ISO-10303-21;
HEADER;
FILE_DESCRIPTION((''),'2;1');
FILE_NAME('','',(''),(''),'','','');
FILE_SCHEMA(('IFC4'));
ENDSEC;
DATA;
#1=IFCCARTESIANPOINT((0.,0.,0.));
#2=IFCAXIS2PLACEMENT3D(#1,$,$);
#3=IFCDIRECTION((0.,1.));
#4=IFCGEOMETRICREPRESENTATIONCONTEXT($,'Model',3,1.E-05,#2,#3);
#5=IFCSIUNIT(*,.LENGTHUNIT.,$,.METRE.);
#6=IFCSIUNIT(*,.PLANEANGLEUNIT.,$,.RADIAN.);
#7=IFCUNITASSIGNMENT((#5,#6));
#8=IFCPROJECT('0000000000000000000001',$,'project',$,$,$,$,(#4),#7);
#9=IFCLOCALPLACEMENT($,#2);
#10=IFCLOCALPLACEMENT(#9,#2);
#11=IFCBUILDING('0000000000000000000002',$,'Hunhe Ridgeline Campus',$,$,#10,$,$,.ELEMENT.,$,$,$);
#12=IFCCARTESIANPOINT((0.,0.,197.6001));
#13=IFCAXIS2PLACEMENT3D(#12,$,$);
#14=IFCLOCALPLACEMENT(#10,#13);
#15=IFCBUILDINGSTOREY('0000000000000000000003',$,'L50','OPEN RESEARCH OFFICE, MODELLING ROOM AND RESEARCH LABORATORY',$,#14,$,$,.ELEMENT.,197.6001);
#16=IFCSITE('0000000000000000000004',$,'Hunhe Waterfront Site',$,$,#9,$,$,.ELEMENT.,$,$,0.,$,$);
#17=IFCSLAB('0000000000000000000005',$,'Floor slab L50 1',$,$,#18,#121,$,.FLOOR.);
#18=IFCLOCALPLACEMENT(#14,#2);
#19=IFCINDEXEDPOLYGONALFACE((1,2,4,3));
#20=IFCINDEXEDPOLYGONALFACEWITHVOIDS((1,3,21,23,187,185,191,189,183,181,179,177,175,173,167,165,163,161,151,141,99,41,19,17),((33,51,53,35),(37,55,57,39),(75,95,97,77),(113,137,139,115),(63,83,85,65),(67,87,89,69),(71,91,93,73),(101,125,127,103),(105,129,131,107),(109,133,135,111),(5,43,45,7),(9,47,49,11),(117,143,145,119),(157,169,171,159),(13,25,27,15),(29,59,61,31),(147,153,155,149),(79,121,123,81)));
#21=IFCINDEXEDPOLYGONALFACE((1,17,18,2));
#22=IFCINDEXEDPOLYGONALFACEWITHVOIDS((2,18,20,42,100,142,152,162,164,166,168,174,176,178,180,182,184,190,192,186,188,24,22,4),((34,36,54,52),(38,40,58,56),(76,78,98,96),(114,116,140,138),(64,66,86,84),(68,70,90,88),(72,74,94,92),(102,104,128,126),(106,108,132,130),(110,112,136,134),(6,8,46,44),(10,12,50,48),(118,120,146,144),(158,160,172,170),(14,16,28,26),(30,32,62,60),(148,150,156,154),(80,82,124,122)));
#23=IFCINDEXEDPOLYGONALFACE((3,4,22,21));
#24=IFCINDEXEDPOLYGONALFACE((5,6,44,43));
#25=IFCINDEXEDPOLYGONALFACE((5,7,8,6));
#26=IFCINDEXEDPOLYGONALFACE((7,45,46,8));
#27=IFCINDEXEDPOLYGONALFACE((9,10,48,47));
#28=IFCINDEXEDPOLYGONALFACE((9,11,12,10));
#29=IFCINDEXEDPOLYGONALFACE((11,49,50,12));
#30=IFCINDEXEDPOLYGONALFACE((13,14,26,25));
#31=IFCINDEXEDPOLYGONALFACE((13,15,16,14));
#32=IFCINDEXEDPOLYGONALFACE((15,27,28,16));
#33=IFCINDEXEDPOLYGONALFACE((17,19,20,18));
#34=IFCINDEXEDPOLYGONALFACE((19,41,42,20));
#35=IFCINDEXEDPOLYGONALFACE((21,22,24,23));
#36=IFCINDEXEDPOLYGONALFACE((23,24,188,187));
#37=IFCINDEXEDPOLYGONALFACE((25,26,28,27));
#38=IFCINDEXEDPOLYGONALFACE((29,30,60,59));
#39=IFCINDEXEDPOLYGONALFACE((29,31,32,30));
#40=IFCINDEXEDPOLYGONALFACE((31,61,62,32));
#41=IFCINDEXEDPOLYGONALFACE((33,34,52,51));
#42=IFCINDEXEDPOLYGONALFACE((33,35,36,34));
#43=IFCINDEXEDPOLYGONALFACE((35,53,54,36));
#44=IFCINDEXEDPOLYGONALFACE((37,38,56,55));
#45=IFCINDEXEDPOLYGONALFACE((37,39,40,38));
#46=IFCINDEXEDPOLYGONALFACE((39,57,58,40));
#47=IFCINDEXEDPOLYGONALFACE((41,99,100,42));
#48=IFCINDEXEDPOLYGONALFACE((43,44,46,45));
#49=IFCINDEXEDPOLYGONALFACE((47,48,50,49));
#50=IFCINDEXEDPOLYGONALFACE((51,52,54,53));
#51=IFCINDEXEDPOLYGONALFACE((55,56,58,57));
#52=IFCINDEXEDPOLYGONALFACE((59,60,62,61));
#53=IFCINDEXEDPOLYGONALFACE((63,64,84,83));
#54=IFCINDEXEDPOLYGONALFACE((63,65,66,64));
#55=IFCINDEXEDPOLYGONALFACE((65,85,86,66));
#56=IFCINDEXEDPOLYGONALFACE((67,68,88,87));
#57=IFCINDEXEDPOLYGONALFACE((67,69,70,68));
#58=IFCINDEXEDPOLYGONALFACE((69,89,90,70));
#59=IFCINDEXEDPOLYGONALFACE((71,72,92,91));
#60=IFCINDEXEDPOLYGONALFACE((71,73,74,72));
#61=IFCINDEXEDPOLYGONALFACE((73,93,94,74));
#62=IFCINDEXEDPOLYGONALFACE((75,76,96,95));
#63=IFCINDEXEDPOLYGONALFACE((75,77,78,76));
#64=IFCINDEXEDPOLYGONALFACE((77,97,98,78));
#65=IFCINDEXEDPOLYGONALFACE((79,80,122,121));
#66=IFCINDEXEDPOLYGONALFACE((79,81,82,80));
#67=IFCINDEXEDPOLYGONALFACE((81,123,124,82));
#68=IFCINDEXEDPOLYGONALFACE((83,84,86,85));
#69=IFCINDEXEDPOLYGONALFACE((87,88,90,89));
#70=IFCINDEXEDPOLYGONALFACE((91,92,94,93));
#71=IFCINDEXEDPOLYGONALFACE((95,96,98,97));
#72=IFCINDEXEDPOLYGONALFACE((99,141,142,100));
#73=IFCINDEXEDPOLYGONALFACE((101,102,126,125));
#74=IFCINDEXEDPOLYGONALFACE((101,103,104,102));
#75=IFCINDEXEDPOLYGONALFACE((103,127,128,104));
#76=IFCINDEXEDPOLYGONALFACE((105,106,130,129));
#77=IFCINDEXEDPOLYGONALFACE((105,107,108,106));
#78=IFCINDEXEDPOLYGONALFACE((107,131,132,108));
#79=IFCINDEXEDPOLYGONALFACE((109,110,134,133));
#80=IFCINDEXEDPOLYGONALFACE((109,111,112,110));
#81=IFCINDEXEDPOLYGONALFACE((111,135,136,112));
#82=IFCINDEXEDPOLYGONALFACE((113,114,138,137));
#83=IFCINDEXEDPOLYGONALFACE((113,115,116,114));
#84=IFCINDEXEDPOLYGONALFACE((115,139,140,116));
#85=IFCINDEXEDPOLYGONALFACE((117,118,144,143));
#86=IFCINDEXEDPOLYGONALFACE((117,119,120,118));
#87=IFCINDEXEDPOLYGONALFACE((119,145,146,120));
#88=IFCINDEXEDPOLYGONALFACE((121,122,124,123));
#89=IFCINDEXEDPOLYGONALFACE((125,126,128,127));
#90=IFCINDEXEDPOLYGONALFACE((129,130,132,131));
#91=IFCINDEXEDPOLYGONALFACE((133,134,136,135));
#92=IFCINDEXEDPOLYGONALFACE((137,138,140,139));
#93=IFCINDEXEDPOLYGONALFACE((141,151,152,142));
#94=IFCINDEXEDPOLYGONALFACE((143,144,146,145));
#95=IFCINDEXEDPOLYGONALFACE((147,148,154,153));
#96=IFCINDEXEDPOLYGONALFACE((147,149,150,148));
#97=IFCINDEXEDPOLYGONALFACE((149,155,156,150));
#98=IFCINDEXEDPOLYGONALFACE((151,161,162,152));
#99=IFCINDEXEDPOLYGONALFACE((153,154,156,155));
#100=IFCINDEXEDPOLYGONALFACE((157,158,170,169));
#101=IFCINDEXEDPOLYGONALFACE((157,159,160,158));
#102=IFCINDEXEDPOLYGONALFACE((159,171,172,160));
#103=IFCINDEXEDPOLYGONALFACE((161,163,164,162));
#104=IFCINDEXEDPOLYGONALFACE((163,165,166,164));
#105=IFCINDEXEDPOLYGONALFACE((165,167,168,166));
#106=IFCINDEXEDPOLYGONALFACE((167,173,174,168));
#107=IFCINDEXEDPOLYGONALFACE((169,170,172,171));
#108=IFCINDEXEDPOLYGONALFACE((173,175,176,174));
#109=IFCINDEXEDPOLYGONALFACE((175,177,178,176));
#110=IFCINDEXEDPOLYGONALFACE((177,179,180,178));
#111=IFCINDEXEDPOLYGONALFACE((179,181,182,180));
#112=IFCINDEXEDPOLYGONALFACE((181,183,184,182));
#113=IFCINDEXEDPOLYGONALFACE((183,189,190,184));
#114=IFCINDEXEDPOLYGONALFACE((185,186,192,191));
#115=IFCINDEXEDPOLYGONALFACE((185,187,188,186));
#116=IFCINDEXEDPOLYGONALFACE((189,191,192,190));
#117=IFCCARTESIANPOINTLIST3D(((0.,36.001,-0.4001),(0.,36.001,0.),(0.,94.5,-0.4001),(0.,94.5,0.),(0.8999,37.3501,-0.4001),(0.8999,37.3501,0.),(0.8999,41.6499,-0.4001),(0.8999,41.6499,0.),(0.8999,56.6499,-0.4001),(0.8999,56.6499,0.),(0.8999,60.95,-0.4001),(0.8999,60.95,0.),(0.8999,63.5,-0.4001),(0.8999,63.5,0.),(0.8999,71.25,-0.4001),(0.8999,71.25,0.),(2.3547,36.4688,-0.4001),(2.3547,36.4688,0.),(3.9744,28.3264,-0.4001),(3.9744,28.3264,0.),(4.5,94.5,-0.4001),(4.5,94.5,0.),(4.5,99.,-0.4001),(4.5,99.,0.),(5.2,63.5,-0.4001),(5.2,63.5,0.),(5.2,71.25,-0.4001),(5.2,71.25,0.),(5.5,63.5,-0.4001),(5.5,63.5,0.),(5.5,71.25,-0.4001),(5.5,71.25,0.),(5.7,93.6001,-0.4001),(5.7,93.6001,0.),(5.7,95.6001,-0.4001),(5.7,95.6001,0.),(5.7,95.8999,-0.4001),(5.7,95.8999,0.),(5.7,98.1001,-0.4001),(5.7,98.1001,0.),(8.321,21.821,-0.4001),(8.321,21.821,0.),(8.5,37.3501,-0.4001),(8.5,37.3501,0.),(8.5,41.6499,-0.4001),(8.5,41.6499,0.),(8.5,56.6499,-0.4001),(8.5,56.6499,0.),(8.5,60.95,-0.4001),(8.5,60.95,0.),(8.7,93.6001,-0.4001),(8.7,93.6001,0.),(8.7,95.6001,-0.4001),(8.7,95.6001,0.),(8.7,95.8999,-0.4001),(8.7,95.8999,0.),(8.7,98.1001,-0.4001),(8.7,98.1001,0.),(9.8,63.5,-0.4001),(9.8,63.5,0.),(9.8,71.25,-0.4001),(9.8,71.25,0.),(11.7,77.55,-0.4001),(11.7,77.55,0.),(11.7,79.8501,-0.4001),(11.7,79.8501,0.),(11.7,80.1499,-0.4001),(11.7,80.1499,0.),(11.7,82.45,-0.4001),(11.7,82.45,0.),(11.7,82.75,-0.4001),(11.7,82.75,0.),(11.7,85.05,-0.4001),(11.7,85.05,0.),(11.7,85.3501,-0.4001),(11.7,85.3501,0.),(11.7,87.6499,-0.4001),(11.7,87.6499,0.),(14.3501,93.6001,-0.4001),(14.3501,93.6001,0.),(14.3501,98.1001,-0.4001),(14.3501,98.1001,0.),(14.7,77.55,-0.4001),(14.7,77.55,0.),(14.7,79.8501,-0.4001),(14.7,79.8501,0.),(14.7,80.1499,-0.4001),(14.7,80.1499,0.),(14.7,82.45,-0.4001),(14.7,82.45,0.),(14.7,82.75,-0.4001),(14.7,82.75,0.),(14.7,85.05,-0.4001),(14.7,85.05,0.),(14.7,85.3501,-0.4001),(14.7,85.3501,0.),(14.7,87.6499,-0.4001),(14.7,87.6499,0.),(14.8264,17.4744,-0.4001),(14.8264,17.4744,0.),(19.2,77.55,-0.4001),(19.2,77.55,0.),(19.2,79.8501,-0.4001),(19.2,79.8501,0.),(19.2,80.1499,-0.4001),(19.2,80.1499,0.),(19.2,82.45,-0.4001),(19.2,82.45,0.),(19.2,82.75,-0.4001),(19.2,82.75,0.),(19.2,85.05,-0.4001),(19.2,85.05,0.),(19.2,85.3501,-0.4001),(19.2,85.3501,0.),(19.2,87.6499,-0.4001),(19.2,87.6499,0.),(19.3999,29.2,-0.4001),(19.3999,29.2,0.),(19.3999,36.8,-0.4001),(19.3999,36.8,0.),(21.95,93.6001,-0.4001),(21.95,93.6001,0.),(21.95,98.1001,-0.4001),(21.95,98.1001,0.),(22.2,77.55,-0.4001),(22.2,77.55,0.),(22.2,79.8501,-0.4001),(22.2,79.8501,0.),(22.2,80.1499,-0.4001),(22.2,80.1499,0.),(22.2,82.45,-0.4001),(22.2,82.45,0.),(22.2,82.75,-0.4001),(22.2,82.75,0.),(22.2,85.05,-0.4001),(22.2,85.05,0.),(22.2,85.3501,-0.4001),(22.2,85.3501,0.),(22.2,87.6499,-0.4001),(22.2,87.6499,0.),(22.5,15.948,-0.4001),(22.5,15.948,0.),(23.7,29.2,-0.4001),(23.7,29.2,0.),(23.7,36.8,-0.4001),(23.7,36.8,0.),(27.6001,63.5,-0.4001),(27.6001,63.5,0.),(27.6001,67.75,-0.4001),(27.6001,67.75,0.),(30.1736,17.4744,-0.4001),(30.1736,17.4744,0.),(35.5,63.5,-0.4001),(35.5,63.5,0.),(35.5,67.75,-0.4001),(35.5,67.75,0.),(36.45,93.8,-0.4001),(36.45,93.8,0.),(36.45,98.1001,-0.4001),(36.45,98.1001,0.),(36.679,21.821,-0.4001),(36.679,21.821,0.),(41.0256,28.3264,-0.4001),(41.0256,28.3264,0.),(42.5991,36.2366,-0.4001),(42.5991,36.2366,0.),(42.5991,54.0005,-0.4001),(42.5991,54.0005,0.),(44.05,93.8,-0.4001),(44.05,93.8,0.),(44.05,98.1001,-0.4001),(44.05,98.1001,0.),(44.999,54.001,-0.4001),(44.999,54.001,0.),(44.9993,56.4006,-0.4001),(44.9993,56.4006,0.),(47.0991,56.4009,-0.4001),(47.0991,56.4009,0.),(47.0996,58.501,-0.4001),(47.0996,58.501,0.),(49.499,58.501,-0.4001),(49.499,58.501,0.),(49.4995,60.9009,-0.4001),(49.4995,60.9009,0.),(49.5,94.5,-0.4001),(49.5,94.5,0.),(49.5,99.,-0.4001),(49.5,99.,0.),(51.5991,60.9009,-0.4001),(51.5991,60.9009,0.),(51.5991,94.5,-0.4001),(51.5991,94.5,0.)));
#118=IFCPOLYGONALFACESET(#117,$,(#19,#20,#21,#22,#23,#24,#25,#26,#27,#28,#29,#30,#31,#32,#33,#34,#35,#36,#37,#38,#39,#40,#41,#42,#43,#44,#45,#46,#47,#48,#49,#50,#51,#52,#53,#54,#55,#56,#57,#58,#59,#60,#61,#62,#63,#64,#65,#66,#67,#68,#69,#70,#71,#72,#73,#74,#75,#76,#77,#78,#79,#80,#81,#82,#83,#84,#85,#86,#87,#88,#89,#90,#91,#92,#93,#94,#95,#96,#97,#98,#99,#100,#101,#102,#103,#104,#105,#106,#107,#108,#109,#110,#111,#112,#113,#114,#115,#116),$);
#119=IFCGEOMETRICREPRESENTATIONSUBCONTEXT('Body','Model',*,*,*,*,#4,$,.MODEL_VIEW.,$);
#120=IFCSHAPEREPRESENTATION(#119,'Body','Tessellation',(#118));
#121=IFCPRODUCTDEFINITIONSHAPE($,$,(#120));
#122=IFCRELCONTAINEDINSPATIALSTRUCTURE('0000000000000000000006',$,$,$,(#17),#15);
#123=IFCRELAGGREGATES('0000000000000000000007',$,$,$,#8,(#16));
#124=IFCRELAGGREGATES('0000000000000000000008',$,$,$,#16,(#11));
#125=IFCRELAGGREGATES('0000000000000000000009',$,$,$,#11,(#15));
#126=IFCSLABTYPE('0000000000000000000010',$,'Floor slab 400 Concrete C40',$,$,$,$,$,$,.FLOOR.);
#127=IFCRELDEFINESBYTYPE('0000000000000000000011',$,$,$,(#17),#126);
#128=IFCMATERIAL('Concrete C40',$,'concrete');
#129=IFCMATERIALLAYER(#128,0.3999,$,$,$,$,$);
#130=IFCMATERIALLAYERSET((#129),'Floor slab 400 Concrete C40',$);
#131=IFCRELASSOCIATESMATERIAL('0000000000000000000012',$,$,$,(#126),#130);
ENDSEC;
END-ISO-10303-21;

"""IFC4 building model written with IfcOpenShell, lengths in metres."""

from ifc_helpers import new_model, si_unit, direction, frame, origin, place, context, subcontext, project, spatial, polyline, outline, extrude, material, layer, layer_set, type_object, element, save


model = new_model("IFC4")

# Units and contexts
model_context = context("Model", 3, precision=1e-05, world=origin(), true_north=direction((0.0, 1.0)))
body_context = subcontext(model_context, "Body", "Model", "MODEL_VIEW")
ifc_project = project(units=[si_unit("LENGTHUNIT", "METRE"), si_unit("PLANEANGLEUNIT", "RADIAN")], contexts=[model_context])

# Site, building, storey
site_placement = place(None, origin())
site = spatial("IfcSite", under=ifc_project, at=site_placement, Name="Hunhe Waterfront Site", CompositionType="ELEMENT", RefElevation=0.0)
building_placement = place(site_placement, origin())
building = spatial("IfcBuilding", under=site, at=building_placement, Name="Hunhe Ridgeline Campus", CompositionType="ELEMENT")
storey_placement = place(building_placement, frame((0.0, 0.0, 197.6001)))
storey = spatial("IfcBuildingStorey", under=building, at=storey_placement, Name="L50", Description="OPEN RESEARCH OFFICE, MODELLING ROOM AND RESEARCH LABORATORY", CompositionType="ELEMENT", Elevation=197.6001)

# Slab
ifc_material_1 = material(Name="Concrete C40", Category="concrete")
ifc_layer_1 = layer(ifc_material_1, 0.3999)
ifc_layer_set_1 = layer_set([ifc_layer_1], Name="Floor slab 400 Concrete C40")
slab_type_1 = type_object("IfcSlabType", Name="Floor slab 400 Concrete C40", PredefinedType="FLOOR", material=ifc_layer_set_1)
slab_1_placement = place(storey_placement, frame((0.0, 0.0, -0.4001)))
element("IfcSlab", 1, at=slab_1_placement, inside=storey, type_object=slab_type_1, Name="Floor slab L50 1", PredefinedType="FLOOR", context=body_context, shape_type="SweptSolid", body=[
    extrude(outline(polyline([(30.1736, 17.4744), (36.679, 21.821), (41.0256, 28.3264), (42.5991, 36.2366), (42.5991, 54.0005), (44.999, 54.001), (44.9993, 56.4006), (47.0991, 56.4009), (47.0996, 58.501), (49.499, 58.501), (49.4995, 60.9009), (51.5991, 60.9009), (51.5991, 94.5), (49.5, 94.5), (49.5, 99.0), (4.5, 99.0), (4.5, 94.5), (0.0, 94.5), (0.0, 36.001), (2.3547, 36.4688), (3.9744, 28.3264), (8.321, 21.821), (14.8264, 17.4744), (22.5, 15.948), (30.1736, 17.4744)]), holes=[polyline([(36.45, 93.8), (44.05, 93.8), (44.05, 98.1001), (36.45, 98.1001), (36.45, 93.8)]), polyline([(35.5, 63.5), (35.5, 67.75), (27.6001, 67.75), (27.6001, 63.5), (35.5, 63.5)]), polyline([(19.3999, 29.2), (23.7, 29.2), (23.7, 36.8), (19.3999, 36.8), (19.3999, 29.2)]), polyline([(22.2, 80.1499), (22.2, 82.45), (19.2, 82.45), (19.2, 80.1499), (22.2, 80.1499)]), polyline([(22.2, 79.8501), (19.2, 79.8501), (19.2, 77.55), (22.2, 77.55), (22.2, 79.8501)]), polyline([(19.2, 87.6499), (19.2, 85.3501), (22.2, 85.3501), (22.2, 87.6499), (19.2, 87.6499)]), polyline([(19.2, 82.75), (22.2, 82.75), (22.2, 85.05), (19.2, 85.05), (19.2, 82.75)]), polyline([(14.3501, 93.6001), (21.95, 93.6001), (21.95, 98.1001), (14.3501, 98.1001), (14.3501, 93.6001)]), polyline([(14.7, 79.8501), (11.7, 79.8501), (11.7, 77.55), (14.7, 77.55), (14.7, 79.8501)]), polyline([(14.7, 80.1499), (14.7, 82.45), (11.7, 82.45), (11.7, 80.1499), (14.7, 80.1499)]), polyline([(11.7, 87.6499), (11.7, 85.3501), (14.7, 85.3501), (14.7, 87.6499), (11.7, 87.6499)]), polyline([(11.7, 82.75), (14.7, 82.75), (14.7, 85.05), (11.7, 85.05), (11.7, 82.75)]), polyline([(9.8, 71.25), (5.5, 71.25), (5.5, 63.5), (9.8, 63.5), (9.8, 71.25)]), polyline([(8.7, 95.8999), (8.7, 98.1001), (5.7, 98.1001), (5.7, 95.8999), (8.7, 95.8999)]), polyline([(8.7, 95.6001), (5.7, 95.6001), (5.7, 93.6001), (8.7, 93.6001), (8.7, 95.6001)]), polyline([(0.8999, 37.3501), (8.5, 37.3501), (8.5, 41.6499), (0.8999, 41.6499), (0.8999, 37.3501)]), polyline([(0.8999, 60.95), (0.8999, 56.6499), (8.5, 56.6499), (8.5, 60.95), (0.8999, 60.95)]), polyline([(0.8999, 71.25), (0.8999, 63.5), (5.2, 63.5), (5.2, 71.25), (0.8999, 71.25)])]), origin(), (0.0, 0.0, 1.0), 0.4001),
])

save(model, "model.ifc")
